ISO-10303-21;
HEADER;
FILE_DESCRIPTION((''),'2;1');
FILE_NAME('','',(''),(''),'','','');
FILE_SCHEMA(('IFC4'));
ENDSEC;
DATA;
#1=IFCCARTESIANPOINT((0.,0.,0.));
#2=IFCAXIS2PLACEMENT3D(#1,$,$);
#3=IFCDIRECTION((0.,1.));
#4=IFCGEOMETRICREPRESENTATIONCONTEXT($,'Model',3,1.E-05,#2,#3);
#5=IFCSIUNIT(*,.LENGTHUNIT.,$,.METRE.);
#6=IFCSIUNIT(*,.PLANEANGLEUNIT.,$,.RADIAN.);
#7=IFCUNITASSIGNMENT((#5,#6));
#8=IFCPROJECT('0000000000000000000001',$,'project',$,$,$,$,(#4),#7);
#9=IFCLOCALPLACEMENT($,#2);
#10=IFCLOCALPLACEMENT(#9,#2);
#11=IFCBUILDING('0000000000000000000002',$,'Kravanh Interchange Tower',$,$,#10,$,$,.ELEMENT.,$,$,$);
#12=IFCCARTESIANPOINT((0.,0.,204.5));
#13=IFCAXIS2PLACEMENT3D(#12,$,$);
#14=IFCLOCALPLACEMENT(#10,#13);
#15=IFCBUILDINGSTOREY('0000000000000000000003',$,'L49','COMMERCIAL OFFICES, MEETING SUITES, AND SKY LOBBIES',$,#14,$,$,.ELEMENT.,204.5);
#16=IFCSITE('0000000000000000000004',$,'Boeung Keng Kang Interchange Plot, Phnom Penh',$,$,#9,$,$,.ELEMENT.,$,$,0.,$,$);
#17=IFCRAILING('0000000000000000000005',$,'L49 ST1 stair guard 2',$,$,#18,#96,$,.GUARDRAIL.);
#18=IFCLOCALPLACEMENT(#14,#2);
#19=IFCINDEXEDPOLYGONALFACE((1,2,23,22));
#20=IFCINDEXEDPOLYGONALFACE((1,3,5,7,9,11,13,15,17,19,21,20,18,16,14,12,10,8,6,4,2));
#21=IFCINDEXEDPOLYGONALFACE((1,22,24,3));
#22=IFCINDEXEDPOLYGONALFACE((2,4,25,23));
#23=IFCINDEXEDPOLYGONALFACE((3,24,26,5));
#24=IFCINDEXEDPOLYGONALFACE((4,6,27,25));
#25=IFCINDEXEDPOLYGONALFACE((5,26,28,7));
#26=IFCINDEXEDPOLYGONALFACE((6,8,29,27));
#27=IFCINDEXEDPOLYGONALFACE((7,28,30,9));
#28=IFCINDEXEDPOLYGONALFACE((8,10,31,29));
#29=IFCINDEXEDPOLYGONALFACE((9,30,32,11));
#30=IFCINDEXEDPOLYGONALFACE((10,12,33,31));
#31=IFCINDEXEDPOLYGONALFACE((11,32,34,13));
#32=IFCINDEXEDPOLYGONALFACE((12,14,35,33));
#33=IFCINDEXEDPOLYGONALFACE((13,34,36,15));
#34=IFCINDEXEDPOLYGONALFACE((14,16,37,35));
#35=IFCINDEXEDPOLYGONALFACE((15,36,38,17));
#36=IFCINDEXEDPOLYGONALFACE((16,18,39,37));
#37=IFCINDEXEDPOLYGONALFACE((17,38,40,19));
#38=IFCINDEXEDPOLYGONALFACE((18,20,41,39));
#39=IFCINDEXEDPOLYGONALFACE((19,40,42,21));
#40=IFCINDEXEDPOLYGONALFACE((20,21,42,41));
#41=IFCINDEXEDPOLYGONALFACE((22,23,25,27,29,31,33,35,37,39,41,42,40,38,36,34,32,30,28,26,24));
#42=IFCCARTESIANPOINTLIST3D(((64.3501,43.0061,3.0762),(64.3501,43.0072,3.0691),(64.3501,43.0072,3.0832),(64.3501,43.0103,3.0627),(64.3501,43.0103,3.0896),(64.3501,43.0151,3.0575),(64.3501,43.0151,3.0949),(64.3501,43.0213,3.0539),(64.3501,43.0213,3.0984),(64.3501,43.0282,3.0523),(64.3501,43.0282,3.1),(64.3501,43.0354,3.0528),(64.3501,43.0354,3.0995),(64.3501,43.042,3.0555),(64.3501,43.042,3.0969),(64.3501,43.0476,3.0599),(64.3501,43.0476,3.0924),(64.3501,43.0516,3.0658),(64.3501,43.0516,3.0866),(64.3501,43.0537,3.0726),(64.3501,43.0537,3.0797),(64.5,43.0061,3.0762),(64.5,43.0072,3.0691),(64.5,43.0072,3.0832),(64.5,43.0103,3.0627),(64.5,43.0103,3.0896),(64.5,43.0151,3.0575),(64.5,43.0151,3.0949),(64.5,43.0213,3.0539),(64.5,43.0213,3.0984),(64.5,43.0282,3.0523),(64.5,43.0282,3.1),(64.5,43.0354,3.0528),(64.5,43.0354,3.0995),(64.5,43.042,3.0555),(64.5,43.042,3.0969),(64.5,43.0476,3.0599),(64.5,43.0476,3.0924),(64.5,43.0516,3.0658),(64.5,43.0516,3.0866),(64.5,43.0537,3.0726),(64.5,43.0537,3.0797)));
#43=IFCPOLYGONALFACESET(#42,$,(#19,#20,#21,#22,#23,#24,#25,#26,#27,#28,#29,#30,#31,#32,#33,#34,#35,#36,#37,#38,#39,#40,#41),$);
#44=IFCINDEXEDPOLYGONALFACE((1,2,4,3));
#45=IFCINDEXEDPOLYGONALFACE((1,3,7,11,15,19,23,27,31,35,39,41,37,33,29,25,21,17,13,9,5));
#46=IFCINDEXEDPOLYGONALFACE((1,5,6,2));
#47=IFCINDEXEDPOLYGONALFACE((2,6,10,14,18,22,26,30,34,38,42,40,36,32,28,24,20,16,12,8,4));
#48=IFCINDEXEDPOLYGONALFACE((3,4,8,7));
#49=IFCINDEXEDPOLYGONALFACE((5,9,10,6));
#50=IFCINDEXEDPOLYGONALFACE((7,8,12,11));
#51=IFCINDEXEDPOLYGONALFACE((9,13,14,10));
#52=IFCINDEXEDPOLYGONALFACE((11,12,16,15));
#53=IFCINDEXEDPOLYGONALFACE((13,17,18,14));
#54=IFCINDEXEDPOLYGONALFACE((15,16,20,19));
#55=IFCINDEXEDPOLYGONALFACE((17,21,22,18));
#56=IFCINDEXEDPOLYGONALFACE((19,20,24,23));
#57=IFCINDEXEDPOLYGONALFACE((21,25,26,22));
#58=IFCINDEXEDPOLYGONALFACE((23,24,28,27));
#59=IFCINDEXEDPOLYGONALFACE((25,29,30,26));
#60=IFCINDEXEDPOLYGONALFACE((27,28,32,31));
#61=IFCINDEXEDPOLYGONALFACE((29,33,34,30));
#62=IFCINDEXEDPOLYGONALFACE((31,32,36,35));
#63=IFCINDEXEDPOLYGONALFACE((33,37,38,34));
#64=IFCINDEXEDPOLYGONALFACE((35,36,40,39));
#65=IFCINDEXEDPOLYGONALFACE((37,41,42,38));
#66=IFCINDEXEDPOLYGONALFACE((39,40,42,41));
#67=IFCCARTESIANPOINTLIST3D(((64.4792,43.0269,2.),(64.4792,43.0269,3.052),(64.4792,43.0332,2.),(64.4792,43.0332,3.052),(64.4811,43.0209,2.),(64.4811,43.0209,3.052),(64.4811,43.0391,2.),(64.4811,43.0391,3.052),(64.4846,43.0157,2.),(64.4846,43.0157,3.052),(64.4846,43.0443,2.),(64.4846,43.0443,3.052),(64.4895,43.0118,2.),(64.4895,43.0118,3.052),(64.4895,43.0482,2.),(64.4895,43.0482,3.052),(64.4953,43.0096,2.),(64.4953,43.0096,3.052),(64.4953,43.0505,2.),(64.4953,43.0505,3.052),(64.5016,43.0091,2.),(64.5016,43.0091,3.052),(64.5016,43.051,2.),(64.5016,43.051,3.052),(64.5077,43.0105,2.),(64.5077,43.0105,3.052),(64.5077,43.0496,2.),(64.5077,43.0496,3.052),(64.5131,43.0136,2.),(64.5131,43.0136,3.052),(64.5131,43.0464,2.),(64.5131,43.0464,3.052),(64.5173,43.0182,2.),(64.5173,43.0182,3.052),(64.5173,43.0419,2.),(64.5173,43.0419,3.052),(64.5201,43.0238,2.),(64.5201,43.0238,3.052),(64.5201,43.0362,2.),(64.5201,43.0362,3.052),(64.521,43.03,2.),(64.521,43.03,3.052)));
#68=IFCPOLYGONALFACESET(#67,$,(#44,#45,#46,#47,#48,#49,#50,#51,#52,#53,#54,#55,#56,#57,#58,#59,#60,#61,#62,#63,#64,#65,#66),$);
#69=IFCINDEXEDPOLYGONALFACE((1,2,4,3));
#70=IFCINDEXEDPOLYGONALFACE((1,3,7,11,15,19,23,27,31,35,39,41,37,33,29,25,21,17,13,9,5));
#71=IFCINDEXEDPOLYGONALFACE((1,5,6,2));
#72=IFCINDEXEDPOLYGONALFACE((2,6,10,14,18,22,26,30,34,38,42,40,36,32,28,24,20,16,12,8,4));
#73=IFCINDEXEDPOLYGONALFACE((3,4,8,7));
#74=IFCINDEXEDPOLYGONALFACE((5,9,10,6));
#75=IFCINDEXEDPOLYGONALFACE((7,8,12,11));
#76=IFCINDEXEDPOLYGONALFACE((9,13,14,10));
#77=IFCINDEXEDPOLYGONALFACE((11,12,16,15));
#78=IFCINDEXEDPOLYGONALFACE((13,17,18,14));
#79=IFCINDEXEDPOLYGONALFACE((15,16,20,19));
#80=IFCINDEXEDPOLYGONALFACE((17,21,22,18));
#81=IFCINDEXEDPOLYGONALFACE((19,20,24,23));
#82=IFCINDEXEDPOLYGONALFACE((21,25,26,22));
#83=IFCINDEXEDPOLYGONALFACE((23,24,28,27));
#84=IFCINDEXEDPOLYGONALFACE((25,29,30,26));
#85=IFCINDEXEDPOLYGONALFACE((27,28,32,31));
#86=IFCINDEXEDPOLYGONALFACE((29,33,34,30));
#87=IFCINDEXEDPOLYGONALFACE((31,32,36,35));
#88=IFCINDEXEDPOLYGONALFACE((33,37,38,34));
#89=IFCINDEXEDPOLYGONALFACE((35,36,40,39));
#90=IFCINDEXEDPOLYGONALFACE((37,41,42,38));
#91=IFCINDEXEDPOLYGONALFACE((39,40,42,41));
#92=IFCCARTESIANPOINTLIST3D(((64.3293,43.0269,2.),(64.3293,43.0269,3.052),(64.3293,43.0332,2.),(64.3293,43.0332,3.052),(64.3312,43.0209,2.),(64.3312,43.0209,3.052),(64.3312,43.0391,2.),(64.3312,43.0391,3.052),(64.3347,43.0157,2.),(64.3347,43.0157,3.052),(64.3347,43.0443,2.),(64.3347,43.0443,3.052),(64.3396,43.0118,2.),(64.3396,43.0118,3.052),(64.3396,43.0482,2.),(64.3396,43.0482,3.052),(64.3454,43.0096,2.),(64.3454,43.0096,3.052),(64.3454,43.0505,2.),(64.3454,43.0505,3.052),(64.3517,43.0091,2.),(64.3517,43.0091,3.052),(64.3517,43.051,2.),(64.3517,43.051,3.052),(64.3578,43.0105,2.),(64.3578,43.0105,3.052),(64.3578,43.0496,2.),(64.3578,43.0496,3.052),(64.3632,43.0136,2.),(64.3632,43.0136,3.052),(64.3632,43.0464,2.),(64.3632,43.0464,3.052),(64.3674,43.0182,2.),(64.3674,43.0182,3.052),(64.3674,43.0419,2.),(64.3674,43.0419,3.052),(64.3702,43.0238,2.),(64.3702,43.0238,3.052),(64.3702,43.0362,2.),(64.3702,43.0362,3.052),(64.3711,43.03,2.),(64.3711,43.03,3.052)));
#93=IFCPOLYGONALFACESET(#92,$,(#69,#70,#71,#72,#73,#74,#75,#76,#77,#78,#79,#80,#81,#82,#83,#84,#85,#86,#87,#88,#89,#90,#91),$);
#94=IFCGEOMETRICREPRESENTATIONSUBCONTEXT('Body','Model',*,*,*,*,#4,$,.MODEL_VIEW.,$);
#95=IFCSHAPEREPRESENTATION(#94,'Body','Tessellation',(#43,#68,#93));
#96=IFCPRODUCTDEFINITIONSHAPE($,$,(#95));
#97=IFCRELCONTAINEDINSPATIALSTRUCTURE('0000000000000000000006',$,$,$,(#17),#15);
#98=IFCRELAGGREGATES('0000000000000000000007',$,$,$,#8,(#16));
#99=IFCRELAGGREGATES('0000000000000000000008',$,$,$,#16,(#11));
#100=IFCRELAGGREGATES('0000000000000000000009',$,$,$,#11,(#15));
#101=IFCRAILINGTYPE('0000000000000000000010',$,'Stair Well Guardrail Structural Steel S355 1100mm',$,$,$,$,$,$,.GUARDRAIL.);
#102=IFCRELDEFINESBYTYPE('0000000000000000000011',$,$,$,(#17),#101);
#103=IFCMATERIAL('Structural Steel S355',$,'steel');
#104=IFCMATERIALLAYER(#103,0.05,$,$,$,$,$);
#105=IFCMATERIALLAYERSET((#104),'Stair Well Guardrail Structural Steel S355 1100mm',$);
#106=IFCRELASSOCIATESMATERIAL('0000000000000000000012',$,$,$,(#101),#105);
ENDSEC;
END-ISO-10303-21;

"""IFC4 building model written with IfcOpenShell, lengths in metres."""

from ifc_helpers import new_model, si_unit, direction, frame, origin, origin_2d, place, context, subcontext, project, spatial, circle, extrude, material, layer, layer_set, type_object, element, save


model = new_model("IFC4")

# Units and contexts
model_context = context("Model", 3, precision=1e-05, world=origin(), true_north=direction((0.0, 1.0)))
body_context = subcontext(model_context, "Body", "Model", "MODEL_VIEW")
ifc_project = project(units=[si_unit("LENGTHUNIT", "METRE"), si_unit("PLANEANGLEUNIT", "RADIAN")], contexts=[model_context])

# Site, building, storey
site_placement = place(None, origin())
site = spatial("IfcSite", under=ifc_project, at=site_placement, Name="Boeung Keng Kang Interchange Plot, Phnom Penh", CompositionType="ELEMENT", RefElevation=0.0)
building_placement = place(site_placement, origin())
building = spatial("IfcBuilding", under=site, at=building_placement, Name="Kravanh Interchange Tower", CompositionType="ELEMENT")
storey_placement = place(building_placement, frame((0.0, 0.0, 204.5)))
storey = spatial("IfcBuildingStorey", under=building, at=storey_placement, Name="L49", Description="COMMERCIAL OFFICES, MEETING SUITES, AND SKY LOBBIES", CompositionType="ELEMENT", Elevation=204.5)

# Railing
ifc_material_1 = material(Name="Structural Steel S355", Category="steel")
ifc_layer_1 = layer(ifc_material_1, 0.05)
ifc_layer_set_1 = layer_set([ifc_layer_1], Name="Stair Well Guardrail Structural Steel S355 1100mm")
railing_type_1 = type_object("IfcRailingType", Name="Stair Well Guardrail Structural Steel S355 1100mm", PredefinedType="GUARDRAIL", material=ifc_layer_set_1)
railing_1_placement = place(storey_placement, frame((64.5, 43.03, 2.0)))
element("IfcRailing", 1, at=railing_1_placement, inside=storey, type_object=railing_type_1, Name="L49 ST1 stair guard 2", PredefinedType="GUARDRAIL", context=body_context, shape_type="SweptSolid", body=[
    extrude(circle(Radius=0.0239, at=origin_2d()), frame((0.0, 0.0, 1.0762), z_axis=(-1.0, 0.0, 0.0), x_axis=(0.0, -1.0, 0.0)), (0.0, 0.0, 1.0), 0.1499),
    extrude(circle(Radius=0.021, at=origin_2d()), origin(), (0.0, 0.0, 1.0), 1.052),
    extrude(circle(Radius=0.021, at=origin_2d()), frame((-0.1499, 0.0, 0.0)), (0.0, 0.0, 1.0), 1.052),
])

save(model, "model.ifc")
